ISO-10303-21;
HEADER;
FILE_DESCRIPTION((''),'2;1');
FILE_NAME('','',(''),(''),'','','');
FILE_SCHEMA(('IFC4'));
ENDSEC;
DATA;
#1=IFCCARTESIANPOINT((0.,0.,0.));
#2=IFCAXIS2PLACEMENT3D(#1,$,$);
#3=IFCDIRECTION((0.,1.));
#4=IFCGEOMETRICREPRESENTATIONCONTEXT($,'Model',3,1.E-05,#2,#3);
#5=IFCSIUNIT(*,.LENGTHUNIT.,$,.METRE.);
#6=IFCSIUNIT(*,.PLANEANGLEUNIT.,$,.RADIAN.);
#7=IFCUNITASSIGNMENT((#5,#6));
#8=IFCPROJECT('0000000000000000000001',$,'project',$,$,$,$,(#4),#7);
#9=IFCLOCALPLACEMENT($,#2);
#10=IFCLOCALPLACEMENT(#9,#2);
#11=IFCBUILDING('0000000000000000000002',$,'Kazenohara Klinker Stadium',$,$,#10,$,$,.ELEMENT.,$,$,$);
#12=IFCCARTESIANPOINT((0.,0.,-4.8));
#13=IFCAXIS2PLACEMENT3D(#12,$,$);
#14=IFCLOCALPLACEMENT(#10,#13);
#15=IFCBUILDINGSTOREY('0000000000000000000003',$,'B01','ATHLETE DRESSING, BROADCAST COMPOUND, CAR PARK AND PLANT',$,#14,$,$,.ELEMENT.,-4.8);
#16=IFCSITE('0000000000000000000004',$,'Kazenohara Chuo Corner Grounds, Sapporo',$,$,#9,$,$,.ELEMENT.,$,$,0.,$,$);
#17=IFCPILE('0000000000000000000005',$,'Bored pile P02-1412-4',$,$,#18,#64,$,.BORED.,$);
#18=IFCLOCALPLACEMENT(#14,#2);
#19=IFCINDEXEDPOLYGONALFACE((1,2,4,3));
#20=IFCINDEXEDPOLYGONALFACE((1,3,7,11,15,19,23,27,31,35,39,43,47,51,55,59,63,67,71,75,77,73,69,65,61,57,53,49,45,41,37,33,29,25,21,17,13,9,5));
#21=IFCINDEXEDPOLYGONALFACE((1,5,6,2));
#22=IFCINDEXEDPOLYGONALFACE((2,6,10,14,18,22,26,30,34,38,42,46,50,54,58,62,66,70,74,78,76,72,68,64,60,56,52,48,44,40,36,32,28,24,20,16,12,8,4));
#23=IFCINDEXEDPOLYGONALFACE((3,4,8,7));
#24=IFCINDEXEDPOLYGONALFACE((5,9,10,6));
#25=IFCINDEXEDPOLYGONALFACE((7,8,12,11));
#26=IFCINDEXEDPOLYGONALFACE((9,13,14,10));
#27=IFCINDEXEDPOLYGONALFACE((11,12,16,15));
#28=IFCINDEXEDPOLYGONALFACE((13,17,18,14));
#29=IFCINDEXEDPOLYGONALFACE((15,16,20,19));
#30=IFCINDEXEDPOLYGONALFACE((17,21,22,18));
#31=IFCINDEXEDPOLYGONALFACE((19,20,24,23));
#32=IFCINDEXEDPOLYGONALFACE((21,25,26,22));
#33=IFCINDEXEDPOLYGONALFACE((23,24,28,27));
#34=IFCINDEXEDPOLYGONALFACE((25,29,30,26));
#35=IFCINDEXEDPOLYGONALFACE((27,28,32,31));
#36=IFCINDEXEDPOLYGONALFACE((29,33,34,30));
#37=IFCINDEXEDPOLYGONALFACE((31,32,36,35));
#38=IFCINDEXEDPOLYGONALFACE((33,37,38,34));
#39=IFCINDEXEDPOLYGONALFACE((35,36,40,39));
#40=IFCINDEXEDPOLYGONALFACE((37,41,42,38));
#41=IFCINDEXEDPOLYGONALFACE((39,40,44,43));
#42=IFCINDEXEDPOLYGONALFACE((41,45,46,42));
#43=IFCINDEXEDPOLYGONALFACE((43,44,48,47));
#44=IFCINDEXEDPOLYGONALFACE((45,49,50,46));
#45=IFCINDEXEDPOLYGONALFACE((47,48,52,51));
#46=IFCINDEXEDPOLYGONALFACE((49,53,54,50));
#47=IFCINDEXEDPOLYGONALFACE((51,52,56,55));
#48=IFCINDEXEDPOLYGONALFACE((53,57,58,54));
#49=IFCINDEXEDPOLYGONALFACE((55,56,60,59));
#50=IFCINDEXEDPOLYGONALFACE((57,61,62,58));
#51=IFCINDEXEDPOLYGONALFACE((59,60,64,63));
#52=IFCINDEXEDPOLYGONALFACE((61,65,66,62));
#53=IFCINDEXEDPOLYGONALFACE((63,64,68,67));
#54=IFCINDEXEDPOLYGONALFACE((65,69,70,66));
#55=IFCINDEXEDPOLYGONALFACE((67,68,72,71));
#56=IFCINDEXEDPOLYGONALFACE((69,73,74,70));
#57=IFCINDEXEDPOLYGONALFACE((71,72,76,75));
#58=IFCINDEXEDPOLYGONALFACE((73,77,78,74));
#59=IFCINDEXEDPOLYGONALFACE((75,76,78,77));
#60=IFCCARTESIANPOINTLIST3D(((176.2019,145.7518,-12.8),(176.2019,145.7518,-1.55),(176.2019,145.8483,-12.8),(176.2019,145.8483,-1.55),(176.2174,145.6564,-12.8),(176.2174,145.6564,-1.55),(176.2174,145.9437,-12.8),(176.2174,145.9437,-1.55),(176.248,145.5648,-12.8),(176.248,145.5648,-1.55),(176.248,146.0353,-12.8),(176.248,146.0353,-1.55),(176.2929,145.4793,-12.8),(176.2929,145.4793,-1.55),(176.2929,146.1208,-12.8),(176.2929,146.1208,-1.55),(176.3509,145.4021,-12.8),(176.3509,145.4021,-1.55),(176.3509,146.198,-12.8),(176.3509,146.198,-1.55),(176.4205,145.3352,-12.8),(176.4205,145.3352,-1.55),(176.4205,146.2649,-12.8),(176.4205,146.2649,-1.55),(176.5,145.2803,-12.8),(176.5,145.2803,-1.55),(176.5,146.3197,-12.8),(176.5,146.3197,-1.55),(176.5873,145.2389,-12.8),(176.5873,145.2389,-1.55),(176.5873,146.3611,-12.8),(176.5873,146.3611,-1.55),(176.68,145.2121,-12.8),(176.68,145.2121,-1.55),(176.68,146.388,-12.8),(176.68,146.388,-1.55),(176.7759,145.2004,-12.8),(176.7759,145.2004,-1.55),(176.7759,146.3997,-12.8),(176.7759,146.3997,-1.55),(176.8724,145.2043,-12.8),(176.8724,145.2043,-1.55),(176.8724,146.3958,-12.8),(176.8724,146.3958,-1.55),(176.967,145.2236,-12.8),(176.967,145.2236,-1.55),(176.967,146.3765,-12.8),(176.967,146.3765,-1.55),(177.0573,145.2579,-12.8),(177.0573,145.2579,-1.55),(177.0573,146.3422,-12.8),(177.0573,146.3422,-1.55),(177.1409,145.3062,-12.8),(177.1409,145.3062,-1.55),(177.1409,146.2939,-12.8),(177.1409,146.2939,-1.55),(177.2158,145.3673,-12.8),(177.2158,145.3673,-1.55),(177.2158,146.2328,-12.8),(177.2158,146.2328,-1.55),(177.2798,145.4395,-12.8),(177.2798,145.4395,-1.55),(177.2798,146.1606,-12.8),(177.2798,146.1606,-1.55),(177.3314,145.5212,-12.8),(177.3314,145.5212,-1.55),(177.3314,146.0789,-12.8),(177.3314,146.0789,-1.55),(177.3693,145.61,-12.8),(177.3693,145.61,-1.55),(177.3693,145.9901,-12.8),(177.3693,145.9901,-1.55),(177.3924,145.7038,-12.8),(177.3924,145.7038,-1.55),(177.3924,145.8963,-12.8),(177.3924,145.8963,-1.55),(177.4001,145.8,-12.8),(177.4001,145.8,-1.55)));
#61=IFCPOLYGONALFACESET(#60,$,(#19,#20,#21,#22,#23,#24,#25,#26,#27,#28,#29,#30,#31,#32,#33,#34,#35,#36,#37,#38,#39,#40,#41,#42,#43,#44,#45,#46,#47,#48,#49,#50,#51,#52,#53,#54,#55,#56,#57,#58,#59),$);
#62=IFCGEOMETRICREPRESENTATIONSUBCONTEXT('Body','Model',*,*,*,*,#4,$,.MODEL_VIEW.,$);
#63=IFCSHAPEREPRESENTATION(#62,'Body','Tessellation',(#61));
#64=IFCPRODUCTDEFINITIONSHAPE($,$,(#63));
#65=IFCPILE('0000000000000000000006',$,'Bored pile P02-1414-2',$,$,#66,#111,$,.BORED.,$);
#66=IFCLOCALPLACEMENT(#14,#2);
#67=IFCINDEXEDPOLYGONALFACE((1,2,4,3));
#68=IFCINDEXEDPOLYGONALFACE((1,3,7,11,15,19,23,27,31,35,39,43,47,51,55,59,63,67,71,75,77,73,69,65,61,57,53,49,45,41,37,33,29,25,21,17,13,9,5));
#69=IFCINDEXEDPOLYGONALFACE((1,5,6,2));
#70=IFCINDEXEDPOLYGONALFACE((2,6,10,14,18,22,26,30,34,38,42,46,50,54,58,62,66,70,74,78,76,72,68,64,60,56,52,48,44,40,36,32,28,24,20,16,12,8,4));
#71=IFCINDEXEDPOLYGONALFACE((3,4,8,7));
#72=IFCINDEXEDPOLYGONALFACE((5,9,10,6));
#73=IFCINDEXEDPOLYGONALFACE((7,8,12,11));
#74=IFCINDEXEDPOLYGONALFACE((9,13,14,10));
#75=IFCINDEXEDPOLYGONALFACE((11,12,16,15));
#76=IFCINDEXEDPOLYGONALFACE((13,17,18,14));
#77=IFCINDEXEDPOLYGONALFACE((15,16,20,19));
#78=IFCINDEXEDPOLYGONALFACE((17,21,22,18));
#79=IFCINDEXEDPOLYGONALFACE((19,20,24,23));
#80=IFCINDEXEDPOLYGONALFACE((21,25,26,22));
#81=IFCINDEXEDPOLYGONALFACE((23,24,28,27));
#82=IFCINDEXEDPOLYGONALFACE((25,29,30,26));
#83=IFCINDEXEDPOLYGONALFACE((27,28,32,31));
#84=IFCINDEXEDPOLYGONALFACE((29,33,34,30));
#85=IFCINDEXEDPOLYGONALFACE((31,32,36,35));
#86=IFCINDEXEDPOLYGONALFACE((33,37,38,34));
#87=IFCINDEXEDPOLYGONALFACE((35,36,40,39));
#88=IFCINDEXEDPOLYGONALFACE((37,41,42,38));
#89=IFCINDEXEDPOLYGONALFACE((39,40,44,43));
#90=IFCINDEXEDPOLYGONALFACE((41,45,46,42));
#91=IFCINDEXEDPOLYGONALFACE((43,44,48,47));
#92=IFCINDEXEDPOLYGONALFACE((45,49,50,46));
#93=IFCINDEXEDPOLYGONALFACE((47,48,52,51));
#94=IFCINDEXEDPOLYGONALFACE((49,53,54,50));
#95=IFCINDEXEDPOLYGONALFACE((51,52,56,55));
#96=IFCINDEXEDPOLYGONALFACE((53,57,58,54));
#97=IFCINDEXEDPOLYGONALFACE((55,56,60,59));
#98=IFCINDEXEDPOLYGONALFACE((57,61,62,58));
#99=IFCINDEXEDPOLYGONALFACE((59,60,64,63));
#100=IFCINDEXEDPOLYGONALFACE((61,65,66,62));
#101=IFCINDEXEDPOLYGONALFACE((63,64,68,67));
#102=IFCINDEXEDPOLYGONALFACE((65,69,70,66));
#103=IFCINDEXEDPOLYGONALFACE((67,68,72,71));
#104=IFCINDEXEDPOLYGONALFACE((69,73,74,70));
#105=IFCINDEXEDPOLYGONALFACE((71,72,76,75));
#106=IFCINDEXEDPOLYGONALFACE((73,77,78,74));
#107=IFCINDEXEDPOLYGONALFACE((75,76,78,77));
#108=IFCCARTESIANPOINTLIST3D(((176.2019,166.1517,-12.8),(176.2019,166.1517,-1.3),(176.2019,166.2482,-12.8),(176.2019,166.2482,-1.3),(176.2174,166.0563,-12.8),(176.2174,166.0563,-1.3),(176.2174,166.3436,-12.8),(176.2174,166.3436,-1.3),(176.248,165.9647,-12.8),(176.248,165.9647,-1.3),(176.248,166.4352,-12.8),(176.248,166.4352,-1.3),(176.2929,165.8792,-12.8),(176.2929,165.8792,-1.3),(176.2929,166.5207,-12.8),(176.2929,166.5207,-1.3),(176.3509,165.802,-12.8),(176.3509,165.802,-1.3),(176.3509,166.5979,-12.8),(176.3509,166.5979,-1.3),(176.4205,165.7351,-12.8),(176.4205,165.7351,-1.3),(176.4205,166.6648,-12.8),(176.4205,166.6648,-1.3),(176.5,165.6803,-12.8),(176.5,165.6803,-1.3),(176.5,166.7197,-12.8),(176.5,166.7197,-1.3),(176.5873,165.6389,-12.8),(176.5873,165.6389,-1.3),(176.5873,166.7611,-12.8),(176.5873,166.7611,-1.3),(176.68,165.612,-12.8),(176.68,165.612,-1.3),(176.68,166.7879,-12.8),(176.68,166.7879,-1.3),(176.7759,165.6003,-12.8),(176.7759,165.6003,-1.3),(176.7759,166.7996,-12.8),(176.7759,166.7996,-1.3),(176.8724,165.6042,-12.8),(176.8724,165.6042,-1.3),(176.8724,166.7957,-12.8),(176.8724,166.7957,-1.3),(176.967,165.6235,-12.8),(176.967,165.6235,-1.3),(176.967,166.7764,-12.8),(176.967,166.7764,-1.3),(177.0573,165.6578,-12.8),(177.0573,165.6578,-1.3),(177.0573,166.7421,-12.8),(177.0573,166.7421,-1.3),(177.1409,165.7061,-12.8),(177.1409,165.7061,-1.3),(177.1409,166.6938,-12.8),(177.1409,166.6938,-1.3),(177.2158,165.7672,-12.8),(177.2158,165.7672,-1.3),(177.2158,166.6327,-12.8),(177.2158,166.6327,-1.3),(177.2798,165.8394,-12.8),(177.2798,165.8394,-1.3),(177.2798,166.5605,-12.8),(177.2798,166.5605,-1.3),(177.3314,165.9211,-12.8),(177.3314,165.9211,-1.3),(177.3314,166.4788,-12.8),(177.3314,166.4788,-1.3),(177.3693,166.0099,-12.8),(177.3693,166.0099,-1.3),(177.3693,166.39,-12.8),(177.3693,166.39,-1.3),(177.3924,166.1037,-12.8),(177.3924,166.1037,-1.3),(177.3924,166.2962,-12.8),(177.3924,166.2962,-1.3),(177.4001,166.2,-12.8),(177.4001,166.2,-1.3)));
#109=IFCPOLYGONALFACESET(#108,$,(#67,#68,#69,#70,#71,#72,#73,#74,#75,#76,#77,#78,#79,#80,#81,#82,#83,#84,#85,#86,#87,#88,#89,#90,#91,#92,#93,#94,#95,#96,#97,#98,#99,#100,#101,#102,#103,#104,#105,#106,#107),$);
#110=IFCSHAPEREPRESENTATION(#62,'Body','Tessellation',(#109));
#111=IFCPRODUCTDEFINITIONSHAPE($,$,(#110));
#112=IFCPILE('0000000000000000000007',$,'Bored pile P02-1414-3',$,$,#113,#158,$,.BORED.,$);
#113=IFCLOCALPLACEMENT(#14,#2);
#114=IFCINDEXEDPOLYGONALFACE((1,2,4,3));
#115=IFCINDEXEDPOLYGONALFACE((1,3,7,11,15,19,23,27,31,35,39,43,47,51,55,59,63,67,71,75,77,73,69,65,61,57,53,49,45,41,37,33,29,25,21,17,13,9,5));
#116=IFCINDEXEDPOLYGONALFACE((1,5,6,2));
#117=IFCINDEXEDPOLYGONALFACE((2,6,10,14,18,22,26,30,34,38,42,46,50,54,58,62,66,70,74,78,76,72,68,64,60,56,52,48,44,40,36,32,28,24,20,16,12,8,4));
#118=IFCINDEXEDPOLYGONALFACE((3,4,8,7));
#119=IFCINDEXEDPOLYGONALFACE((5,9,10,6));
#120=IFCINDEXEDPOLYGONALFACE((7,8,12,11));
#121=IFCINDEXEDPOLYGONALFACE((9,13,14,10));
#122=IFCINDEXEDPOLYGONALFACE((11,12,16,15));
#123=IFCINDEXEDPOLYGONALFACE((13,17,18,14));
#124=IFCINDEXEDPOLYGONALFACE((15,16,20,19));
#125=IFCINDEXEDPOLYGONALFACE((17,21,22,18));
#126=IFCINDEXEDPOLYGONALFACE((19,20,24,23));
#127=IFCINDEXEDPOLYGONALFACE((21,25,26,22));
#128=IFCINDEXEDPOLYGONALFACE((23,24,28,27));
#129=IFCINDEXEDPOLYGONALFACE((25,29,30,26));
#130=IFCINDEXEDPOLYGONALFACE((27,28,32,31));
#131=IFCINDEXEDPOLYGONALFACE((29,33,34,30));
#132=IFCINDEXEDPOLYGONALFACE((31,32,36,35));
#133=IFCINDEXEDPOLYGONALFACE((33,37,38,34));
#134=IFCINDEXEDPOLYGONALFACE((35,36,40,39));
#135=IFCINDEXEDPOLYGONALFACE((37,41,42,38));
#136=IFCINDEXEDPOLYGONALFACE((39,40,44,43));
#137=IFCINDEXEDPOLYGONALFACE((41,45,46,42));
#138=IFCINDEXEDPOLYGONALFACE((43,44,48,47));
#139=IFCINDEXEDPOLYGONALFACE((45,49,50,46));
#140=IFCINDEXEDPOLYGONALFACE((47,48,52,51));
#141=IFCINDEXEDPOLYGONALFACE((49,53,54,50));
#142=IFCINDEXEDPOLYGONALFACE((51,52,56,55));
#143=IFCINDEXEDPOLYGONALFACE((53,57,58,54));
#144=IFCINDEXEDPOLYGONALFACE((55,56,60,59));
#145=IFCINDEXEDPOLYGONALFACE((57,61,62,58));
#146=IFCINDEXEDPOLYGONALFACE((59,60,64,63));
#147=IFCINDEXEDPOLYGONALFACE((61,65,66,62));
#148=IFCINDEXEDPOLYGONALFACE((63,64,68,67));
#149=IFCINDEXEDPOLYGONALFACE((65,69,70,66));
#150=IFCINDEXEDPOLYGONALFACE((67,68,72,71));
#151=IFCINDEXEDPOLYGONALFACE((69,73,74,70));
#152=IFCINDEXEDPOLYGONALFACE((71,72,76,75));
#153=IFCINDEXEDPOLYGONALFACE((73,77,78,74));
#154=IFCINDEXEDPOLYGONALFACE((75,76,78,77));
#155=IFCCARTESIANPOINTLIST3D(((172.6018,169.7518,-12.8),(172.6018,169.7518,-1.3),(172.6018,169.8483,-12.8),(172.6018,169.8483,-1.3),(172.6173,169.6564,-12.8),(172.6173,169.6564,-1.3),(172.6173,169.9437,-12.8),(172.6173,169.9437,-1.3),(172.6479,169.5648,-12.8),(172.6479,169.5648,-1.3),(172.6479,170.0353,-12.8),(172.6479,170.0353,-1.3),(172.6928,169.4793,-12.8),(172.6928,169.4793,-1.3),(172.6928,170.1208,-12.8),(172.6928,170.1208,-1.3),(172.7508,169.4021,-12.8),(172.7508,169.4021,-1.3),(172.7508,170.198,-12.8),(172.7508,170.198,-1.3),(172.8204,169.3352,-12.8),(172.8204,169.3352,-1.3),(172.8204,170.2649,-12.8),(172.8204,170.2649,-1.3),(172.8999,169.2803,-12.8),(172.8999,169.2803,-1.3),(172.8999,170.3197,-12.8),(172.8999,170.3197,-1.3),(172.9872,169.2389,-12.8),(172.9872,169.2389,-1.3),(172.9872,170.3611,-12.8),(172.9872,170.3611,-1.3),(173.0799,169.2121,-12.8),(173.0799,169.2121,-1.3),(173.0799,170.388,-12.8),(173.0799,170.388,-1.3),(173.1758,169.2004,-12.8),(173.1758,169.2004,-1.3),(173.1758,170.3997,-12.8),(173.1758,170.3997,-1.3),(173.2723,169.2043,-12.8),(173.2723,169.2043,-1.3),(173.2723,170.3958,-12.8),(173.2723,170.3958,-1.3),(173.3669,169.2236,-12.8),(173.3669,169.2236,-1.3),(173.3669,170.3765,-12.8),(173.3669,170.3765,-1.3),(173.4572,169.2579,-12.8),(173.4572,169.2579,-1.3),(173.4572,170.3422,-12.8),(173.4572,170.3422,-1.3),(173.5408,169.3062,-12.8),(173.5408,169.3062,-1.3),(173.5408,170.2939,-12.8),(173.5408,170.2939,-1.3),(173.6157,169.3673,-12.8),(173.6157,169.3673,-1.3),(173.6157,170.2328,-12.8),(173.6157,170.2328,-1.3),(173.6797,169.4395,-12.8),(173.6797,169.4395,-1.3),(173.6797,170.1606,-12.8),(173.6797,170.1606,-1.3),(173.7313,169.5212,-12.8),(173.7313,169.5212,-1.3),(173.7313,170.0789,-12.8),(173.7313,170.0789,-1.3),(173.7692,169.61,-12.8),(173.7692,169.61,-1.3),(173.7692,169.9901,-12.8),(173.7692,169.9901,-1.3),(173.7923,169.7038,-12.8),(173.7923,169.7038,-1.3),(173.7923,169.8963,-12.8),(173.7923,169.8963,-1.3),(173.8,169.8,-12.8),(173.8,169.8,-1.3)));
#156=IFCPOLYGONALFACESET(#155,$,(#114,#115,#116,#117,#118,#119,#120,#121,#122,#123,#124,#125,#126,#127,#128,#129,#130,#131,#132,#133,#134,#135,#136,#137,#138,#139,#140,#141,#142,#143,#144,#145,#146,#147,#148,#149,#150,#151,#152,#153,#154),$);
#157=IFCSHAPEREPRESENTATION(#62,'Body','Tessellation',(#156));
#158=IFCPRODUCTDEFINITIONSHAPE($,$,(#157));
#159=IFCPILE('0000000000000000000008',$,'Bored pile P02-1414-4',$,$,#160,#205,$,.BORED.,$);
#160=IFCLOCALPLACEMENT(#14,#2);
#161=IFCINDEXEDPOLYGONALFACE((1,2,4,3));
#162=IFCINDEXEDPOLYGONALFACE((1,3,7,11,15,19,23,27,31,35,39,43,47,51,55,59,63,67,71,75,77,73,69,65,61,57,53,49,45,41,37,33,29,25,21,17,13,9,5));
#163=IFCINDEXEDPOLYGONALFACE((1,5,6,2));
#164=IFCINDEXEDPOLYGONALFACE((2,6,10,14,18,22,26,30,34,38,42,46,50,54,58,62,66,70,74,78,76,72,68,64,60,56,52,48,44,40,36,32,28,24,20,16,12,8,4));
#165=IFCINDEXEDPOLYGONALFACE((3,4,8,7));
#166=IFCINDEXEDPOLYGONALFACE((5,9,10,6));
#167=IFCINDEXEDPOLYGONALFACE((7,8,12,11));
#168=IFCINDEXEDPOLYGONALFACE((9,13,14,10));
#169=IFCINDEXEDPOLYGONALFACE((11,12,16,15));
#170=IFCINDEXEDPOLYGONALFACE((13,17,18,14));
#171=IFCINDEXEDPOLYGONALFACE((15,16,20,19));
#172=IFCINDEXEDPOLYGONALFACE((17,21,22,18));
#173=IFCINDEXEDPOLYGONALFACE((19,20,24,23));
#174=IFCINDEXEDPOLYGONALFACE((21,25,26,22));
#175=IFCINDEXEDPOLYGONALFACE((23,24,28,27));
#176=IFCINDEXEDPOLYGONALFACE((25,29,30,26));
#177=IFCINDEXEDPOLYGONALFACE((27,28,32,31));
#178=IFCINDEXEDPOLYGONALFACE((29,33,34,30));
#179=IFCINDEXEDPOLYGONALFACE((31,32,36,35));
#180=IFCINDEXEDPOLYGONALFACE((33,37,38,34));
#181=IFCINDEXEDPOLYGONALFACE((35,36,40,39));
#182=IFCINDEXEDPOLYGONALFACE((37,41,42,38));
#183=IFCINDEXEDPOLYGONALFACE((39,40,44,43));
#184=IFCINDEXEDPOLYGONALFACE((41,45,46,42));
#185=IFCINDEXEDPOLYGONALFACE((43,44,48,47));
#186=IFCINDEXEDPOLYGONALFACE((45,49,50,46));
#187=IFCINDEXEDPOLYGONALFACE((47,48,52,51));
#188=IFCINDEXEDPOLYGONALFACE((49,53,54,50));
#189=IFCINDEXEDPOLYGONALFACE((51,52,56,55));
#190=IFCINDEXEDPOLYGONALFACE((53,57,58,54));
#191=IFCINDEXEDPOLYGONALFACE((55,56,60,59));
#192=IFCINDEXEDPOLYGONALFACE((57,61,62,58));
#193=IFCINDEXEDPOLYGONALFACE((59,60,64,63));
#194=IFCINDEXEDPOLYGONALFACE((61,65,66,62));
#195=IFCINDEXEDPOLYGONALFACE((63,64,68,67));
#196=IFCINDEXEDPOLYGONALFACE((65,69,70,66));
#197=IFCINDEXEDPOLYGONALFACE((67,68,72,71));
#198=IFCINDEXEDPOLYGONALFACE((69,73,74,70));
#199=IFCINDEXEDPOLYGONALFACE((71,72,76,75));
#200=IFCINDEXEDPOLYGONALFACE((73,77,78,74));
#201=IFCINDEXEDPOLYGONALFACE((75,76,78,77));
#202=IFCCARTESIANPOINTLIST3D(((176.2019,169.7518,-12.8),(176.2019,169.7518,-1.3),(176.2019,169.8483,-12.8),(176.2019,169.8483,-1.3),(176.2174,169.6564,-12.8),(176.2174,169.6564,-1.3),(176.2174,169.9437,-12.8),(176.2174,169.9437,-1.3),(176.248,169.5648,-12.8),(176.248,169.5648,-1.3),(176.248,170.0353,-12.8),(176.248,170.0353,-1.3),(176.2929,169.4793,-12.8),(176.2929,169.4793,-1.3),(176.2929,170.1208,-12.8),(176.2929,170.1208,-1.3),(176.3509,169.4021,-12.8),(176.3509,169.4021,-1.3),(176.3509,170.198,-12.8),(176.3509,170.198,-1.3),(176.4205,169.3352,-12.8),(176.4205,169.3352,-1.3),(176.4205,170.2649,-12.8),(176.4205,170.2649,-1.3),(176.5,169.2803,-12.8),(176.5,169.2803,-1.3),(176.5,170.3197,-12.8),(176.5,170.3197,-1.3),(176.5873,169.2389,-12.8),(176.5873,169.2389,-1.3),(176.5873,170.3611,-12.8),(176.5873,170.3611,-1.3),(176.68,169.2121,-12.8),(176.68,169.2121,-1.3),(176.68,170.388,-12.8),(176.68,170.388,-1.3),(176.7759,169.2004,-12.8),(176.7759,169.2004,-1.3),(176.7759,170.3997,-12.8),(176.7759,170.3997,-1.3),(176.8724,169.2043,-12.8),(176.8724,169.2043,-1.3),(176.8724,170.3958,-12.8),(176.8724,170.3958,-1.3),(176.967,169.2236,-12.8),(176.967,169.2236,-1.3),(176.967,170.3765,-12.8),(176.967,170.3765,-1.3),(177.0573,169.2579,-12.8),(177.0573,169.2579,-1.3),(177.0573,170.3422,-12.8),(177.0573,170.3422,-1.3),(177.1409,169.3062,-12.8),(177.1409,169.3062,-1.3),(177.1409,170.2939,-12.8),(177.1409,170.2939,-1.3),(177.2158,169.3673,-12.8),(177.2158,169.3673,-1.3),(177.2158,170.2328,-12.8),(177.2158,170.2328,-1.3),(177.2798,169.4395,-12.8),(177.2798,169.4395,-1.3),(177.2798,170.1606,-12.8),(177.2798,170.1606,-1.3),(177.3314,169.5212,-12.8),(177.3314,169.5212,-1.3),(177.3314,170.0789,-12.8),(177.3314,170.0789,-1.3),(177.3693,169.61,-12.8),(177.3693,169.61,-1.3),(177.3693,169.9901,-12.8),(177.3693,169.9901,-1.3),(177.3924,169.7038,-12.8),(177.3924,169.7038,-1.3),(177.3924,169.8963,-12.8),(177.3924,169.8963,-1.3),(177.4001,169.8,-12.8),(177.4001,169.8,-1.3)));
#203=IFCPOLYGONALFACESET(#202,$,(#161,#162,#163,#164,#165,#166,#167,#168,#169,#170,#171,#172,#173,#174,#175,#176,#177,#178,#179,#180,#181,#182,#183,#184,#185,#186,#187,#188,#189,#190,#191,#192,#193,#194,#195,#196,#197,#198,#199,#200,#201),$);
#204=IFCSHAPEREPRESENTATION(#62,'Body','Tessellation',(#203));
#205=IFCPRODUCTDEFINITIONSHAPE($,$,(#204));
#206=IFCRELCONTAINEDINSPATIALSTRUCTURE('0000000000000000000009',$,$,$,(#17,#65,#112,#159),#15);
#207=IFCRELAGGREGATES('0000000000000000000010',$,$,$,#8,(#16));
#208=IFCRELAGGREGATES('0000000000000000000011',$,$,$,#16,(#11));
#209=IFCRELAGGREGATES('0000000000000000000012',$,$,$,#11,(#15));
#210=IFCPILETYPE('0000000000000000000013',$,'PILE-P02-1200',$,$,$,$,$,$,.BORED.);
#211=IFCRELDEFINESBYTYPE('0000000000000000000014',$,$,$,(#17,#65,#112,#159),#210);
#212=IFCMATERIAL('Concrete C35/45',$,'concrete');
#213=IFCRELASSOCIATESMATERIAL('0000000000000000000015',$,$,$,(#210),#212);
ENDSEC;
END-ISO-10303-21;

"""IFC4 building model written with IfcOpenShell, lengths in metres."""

from ifc_helpers import new_model, si_unit, direction, frame, origin, origin_2d, place, context, subcontext, project, spatial, circle, extrude, material, material_profile, profile_set, type_object, element, save


model = new_model("IFC4")

# Units and contexts
model_context = context("Model", 3, precision=1e-05, world=origin(), true_north=direction((0.0, 1.0)))
body_context = subcontext(model_context, "Body", "Model", "MODEL_VIEW")
ifc_project = project(units=[si_unit("LENGTHUNIT", "METRE"), si_unit("PLANEANGLEUNIT", "RADIAN")], contexts=[model_context])

# Site, building, storey
site_placement = place(None, origin())
site = spatial("IfcSite", under=ifc_project, at=site_placement, Name="Kazenohara Chuo Corner Grounds, Sapporo", CompositionType="ELEMENT", RefElevation=0.0)
building_placement = place(site_placement, origin())
building = spatial("IfcBuilding", under=site, at=building_placement, Name="Kazenohara Klinker Stadium", CompositionType="ELEMENT")
storey_placement = place(building_placement, frame((0.0, 0.0, -4.8)))
storey = spatial("IfcBuildingStorey", under=building, at=storey_placement, Name="B01", Description="ATHLETE DRESSING, BROADCAST COMPOUND, CAR PARK AND PLANT", CompositionType="ELEMENT", Elevation=-4.8)

# Shared definitions
ifc_material_1 = material(Name="Concrete C35/45", Category="concrete")

# Piles
ifc_material_profile_1 = material_profile(ifc_material_1, circle(Radius=0.6001, at=origin_2d()), Name="BORED-PILE-1200")
ifc_profile_set_1 = profile_set([ifc_material_profile_1], Name="Concrete C35/45")
pile_type_1 = type_object("IfcPileType", Name="PILE-P02-1200", PredefinedType="BORED", material=ifc_profile_set_1)
pile_placement = place(storey_placement, frame((176.8, 145.8, -1.55), z_axis=(0.0, 0.0, -1.0), x_axis=(1.0, 0.0, 0.0)))
element("IfcPile", 1, at=pile_placement, inside=storey, type_object=pile_type_1, Name="Bored pile P02-1412-4", PredefinedType="BORED", context=body_context, shape_type="SweptSolid", body=[
    extrude(circle(Radius=0.6001, at=origin_2d()), origin(), (0.0, 0.0, 1.0), 11.25),
])
for number, where, z_axis, x_axis, name in (
    (2, (176.8, 166.2, -1.3), (0.0, 0.0, -1.0), (1.0, 0.0, 0.0), "Bored pile P02-1414-2"),
    (3, (173.2, 169.8, -1.3), (0.0, 0.0, -1.0), (1.0, 0.0, 0.0), "Bored pile P02-1414-3"),
    (4, (176.8, 169.8, -1.3), (0.0, 0.0, -1.0), (1.0, 0.0, 0.0), "Bored pile P02-1414-4"),
):
    element("IfcPile", number, at=place(storey_placement, frame(where, z_axis=z_axis, x_axis=x_axis)), inside=storey, type_object=pile_type_1, Name=name, PredefinedType="BORED", context=body_context, shape_type="SweptSolid", body=[
        extrude(circle(Radius=0.6001, at=origin_2d()), origin(), (0.0, 0.0, 1.0), 11.5),
    ])

save(model, "model.ifc")
